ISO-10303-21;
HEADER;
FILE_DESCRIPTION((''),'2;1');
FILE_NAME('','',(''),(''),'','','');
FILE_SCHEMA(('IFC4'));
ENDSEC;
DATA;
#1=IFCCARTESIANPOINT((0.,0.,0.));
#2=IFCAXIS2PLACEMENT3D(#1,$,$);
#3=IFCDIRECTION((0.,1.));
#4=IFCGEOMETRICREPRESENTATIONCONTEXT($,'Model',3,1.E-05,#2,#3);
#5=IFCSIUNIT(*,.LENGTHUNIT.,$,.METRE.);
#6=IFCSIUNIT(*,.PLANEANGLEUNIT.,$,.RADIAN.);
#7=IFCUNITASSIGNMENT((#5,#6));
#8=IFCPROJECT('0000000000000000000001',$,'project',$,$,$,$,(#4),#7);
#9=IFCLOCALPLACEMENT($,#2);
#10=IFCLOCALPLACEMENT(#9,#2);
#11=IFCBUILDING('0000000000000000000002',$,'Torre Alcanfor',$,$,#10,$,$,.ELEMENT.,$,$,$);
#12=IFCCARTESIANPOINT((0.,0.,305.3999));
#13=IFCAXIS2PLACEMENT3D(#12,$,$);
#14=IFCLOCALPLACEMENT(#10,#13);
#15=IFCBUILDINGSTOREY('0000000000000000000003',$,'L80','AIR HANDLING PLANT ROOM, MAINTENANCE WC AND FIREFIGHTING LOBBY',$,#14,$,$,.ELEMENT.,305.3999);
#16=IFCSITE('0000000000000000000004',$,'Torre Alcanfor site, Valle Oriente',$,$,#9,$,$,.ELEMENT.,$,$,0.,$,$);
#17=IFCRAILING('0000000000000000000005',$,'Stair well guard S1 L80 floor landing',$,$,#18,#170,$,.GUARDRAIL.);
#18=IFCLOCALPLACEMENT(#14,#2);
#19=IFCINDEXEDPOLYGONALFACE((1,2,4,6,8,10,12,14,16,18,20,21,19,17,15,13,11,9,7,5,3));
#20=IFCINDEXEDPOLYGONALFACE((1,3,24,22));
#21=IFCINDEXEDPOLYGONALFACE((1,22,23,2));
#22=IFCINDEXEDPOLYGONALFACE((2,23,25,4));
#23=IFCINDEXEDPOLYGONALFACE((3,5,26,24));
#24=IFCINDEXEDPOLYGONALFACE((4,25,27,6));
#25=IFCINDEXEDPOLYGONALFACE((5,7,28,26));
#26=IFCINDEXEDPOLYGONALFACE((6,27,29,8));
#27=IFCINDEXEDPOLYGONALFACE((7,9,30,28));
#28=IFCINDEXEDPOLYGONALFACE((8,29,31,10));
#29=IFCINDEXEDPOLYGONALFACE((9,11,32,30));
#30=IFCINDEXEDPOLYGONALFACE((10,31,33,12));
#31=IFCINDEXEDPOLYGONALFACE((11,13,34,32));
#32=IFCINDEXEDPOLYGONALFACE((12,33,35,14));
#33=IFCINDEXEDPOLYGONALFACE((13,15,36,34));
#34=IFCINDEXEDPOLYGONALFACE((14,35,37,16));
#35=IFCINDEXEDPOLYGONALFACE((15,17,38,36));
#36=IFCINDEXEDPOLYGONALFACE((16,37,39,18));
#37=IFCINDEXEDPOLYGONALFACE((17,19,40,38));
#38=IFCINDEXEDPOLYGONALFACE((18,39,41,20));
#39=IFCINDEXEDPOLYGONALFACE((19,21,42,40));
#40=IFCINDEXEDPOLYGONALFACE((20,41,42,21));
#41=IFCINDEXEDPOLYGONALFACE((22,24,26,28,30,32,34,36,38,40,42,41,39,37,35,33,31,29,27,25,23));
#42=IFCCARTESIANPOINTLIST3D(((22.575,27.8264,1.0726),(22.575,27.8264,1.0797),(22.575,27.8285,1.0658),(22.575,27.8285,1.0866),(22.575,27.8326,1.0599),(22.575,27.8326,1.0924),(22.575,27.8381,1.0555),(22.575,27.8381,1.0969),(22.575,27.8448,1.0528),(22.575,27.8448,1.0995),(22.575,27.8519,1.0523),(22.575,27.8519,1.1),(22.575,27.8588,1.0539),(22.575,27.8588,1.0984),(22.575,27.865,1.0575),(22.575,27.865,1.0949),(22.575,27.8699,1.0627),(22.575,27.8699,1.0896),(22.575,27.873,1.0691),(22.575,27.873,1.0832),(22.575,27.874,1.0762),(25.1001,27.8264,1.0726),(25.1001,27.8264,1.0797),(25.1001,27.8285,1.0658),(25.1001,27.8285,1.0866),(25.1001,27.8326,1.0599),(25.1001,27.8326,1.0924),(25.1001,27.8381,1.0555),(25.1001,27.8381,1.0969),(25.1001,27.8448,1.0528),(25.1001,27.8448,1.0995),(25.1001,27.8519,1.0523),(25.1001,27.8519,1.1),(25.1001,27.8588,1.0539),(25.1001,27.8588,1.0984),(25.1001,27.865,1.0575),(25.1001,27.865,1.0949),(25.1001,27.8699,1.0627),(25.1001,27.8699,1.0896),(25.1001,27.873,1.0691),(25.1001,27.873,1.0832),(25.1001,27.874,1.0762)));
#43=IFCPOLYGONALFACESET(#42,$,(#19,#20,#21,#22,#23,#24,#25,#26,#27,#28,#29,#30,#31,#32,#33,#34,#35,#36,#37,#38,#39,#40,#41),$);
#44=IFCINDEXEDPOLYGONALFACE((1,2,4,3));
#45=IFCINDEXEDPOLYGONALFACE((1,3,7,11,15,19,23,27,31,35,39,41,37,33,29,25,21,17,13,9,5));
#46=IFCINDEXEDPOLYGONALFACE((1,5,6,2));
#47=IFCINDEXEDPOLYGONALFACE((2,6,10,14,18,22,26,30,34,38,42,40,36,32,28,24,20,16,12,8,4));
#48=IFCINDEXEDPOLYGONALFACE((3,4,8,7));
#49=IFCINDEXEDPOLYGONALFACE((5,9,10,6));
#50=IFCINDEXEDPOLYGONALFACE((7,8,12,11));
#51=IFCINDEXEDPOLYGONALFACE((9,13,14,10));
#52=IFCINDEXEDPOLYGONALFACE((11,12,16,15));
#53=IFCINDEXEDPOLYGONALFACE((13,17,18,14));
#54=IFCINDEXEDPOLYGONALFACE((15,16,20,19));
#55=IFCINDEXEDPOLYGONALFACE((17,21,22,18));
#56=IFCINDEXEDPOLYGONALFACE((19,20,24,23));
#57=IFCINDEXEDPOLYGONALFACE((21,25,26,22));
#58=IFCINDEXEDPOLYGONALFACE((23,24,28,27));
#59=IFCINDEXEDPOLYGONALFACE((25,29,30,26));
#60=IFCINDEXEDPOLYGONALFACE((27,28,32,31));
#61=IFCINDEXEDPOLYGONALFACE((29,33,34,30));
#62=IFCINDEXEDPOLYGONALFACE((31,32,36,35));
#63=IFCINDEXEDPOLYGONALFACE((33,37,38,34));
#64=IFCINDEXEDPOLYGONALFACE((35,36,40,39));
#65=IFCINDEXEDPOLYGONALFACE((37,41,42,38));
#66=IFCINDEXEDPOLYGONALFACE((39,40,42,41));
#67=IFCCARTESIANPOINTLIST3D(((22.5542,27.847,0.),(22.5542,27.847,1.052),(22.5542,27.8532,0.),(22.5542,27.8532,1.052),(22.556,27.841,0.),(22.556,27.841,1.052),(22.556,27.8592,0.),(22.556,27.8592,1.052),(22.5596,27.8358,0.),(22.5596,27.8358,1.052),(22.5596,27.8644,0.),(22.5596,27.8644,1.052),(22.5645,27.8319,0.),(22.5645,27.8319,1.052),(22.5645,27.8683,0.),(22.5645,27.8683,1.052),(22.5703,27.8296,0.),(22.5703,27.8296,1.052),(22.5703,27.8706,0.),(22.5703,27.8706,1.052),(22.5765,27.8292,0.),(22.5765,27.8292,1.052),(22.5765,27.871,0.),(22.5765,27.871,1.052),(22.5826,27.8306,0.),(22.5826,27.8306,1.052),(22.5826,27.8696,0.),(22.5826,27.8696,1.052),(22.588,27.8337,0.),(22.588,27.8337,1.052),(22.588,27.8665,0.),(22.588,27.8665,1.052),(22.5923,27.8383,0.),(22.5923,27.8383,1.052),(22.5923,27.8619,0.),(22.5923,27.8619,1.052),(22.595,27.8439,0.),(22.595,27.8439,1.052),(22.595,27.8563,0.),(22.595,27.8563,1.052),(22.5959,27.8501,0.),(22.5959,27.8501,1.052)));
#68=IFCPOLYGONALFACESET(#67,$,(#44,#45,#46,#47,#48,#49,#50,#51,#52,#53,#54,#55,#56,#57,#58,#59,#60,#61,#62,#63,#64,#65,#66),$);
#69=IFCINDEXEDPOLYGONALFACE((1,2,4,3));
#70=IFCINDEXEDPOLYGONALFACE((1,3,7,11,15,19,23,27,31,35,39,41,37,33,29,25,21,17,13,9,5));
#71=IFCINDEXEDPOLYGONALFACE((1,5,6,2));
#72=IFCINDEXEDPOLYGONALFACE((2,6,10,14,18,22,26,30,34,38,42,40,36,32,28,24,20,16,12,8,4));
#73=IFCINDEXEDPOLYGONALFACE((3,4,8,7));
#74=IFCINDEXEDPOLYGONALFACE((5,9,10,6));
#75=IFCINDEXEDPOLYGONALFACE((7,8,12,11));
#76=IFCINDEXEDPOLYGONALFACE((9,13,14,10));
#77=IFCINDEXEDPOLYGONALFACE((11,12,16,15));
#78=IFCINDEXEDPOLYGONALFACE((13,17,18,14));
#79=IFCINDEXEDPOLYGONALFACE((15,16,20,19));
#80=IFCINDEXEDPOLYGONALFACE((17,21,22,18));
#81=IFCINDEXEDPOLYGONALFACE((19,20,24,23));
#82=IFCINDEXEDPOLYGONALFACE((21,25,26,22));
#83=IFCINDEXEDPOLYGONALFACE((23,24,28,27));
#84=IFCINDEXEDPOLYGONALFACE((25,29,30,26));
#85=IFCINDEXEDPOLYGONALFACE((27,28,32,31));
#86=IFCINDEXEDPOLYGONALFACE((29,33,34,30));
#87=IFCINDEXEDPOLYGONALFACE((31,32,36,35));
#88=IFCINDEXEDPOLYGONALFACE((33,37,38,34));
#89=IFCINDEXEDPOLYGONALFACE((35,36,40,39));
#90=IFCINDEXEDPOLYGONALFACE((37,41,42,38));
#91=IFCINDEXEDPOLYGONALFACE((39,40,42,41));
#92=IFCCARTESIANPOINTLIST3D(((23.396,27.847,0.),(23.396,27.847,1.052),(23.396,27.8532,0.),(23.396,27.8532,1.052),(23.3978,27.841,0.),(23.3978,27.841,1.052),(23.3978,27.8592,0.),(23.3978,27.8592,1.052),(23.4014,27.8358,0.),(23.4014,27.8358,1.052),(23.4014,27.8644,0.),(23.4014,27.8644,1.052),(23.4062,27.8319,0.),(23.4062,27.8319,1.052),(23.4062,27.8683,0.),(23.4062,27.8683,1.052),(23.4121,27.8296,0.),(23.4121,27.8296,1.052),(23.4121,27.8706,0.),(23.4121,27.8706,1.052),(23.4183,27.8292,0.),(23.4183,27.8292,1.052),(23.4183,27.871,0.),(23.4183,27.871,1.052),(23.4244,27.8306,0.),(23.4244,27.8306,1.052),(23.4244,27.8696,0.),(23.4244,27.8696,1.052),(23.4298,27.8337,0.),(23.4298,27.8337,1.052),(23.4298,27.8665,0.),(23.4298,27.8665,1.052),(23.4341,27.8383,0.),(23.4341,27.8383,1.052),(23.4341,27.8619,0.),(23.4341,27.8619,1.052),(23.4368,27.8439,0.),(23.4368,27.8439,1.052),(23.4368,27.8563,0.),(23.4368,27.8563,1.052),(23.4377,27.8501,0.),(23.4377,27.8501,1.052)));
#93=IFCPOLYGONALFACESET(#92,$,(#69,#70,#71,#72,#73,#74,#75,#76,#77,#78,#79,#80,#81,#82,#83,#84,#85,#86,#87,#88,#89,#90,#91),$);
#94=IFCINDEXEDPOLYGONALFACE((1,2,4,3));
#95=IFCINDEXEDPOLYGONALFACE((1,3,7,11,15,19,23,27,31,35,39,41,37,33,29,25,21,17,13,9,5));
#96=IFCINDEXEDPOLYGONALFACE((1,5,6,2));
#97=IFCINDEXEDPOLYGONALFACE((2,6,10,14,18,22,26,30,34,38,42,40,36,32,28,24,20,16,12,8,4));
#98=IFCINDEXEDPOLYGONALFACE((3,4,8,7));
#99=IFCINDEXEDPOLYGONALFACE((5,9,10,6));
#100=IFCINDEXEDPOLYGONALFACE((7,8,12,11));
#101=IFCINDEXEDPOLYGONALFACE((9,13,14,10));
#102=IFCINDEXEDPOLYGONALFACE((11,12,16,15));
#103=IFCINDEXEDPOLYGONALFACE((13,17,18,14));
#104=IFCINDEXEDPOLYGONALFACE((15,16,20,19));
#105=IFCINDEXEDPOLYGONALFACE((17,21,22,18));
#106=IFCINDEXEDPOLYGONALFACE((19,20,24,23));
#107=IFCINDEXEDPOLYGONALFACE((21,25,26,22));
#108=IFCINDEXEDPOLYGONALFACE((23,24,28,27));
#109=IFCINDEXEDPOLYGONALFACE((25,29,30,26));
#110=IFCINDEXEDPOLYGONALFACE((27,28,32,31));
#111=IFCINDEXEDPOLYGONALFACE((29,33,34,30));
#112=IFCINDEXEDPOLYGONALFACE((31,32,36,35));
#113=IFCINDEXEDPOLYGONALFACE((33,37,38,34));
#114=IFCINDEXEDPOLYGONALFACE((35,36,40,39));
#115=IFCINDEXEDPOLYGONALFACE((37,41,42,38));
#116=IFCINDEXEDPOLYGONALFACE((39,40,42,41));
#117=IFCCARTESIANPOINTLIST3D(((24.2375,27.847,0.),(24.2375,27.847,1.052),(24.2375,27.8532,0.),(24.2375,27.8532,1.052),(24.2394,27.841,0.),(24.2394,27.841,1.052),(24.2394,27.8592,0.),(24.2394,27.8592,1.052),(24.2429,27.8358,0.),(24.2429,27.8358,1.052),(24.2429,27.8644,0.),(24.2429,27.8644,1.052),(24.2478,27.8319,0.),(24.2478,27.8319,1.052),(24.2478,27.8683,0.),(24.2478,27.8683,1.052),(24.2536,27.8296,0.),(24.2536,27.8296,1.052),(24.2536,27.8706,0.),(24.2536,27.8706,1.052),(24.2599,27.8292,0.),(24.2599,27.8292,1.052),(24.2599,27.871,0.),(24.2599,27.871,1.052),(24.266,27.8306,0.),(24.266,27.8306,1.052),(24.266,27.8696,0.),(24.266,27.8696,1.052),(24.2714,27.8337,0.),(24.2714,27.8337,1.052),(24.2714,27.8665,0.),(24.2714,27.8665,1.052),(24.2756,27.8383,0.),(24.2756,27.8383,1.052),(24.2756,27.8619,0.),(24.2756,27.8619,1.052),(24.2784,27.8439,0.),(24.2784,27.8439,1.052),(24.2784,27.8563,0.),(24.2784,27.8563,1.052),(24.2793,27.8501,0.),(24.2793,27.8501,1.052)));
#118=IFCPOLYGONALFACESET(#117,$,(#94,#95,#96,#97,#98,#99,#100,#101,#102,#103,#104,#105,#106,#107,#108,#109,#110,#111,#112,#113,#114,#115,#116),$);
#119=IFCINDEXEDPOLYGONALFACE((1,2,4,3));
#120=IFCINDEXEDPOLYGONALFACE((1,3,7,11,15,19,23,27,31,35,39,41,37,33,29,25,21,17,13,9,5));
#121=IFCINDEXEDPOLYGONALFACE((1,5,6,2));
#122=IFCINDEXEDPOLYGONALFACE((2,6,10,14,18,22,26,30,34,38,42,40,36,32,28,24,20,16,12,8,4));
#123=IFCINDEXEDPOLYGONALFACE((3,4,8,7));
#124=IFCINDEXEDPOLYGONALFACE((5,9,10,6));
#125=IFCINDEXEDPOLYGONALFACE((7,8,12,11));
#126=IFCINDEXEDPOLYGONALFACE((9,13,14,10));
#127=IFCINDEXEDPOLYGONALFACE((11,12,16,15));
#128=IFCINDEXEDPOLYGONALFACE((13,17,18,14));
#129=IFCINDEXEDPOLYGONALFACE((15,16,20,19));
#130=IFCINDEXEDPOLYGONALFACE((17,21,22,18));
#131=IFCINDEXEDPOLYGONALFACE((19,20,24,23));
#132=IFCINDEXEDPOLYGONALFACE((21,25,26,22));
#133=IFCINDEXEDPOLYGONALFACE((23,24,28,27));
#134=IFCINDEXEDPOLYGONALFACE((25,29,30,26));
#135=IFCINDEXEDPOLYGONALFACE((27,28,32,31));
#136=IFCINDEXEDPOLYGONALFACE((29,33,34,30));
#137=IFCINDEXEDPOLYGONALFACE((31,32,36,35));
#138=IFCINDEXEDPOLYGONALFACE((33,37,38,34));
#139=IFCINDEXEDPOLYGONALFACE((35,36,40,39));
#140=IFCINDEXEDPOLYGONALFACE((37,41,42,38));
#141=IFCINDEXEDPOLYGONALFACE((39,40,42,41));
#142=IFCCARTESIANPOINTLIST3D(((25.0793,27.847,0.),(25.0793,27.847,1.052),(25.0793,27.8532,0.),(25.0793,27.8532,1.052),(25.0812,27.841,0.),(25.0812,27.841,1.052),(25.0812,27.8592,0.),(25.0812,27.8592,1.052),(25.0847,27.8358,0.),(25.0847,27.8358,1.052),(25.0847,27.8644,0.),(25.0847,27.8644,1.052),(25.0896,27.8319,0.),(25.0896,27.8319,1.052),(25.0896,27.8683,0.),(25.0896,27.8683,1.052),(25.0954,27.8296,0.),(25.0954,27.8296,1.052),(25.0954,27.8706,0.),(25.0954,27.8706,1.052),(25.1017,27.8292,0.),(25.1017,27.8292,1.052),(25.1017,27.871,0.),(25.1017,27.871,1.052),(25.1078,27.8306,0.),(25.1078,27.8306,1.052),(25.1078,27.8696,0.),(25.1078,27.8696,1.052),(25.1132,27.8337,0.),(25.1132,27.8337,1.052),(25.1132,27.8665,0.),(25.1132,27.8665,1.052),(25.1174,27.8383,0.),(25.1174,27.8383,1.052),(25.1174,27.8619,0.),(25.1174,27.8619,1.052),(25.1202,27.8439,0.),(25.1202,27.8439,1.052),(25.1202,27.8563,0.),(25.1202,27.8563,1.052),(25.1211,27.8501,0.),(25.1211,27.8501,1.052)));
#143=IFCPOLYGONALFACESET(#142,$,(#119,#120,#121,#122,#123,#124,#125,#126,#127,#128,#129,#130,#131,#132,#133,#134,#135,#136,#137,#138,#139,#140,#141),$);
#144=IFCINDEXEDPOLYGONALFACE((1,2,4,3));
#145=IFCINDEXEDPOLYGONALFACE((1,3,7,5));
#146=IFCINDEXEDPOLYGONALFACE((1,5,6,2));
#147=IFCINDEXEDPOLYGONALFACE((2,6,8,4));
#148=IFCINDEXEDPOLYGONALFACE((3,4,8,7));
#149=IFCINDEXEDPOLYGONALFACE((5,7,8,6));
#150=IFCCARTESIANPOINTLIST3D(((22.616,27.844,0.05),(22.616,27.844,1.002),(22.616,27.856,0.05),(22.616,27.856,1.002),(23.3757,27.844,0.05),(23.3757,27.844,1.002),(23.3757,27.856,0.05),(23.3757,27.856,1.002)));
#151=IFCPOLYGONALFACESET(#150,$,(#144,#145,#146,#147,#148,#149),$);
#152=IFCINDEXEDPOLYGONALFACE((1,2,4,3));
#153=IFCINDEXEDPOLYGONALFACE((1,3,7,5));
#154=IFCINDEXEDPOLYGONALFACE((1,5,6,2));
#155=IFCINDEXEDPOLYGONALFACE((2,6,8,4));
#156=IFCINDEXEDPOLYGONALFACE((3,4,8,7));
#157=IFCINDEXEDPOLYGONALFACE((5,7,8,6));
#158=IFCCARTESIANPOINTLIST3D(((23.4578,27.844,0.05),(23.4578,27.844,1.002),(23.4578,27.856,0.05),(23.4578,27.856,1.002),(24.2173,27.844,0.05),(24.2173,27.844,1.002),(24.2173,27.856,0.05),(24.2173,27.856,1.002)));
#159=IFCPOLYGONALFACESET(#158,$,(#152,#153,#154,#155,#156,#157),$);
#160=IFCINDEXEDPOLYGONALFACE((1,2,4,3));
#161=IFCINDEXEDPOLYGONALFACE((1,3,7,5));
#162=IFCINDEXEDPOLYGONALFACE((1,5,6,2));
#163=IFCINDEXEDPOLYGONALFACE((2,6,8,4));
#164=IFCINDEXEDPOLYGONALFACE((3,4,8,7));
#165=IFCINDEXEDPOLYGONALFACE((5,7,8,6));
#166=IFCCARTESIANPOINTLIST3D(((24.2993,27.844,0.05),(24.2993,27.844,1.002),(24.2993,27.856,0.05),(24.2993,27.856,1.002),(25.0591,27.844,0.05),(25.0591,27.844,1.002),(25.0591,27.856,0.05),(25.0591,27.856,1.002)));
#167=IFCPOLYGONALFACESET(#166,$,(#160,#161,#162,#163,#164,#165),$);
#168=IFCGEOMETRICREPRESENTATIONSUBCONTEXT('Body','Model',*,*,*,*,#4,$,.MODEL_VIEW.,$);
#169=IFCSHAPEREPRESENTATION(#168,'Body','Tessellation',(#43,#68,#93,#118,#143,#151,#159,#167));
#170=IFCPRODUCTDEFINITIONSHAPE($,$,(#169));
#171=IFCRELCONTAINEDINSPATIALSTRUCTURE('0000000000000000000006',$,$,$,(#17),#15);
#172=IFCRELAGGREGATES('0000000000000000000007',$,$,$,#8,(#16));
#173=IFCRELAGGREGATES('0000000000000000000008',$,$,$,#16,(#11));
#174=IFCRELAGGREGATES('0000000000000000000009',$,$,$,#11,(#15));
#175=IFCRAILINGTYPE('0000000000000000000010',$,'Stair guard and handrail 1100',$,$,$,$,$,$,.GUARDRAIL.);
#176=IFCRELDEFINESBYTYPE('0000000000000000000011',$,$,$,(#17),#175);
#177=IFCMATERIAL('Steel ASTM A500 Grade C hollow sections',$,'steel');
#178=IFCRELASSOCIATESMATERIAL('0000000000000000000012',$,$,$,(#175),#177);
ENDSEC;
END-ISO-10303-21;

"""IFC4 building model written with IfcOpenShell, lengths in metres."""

from ifc_helpers import new_model, si_unit, direction, frame, origin, origin_2d, place, context, subcontext, project, spatial, polyline, circle, outline, extrude, material, type_object, element, save


model = new_model("IFC4")

# Units and contexts
model_context = context("Model", 3, precision=1e-05, world=origin(), true_north=direction((0.0, 1.0)))
body_context = subcontext(model_context, "Body", "Model", "MODEL_VIEW")
ifc_project = project(units=[si_unit("LENGTHUNIT", "METRE"), si_unit("PLANEANGLEUNIT", "RADIAN")], contexts=[model_context])

# Site, building, storey
site_placement = place(None, origin())
site = spatial("IfcSite", under=ifc_project, at=site_placement, Name="Torre Alcanfor site, Valle Oriente", CompositionType="ELEMENT", RefElevation=0.0)
building_placement = place(site_placement, origin())
building = spatial("IfcBuilding", under=site, at=building_placement, Name="Torre Alcanfor", CompositionType="ELEMENT")
storey_placement = place(building_placement, frame((0.0, 0.0, 305.3999)))
storey = spatial("IfcBuildingStorey", under=building, at=storey_placement, Name="L80", Description="AIR HANDLING PLANT ROOM, MAINTENANCE WC AND FIREFIGHTING LOBBY", CompositionType="ELEMENT", Elevation=305.3999)

# Railing
ifc_material_1 = material(Name="Steel ASTM A500 Grade C hollow sections", Category="steel")
railing_type_1 = type_object("IfcRailingType", Name="Stair guard and handrail 1100", PredefinedType="GUARDRAIL", material=ifc_material_1)
for number, where, name in (
    (1, (22.575, 27.8501, 0.0), "Stair well guard S1 L80 floor landing"),
):
    element("IfcRailing", number, at=place(storey_placement, frame(where)), inside=storey, type_object=railing_type_1, Name=name, PredefinedType="GUARDRAIL", context=body_context, shape_type="SweptSolid", body=[
        extrude(circle(Radius=0.0239, at=origin_2d()), frame((0.0, 0.0, 1.0762), z_axis=(1.0, 0.0, 0.0), x_axis=(0.0, 1.0, 0.0)), (0.0, 0.0, 1.0), 2.5251),
        extrude(circle(Radius=0.021, at=origin_2d()), origin(), (0.0, 0.0, 1.0), 1.052),
        extrude(circle(Radius=0.021, at=origin_2d()), frame((0.8418, 0.0, 0.0)), (0.0, 0.0, 1.0), 1.052),
        extrude(circle(Radius=0.021, at=origin_2d()), frame((1.6833, 0.0, 0.0)), (0.0, 0.0, 1.0), 1.052),
        extrude(circle(Radius=0.021, at=origin_2d()), frame((2.5251, 0.0, 0.0)), (0.0, 0.0, 1.0), 1.052),
        extrude(outline(polyline([(0.041, 0.05), (0.8008, 0.05), (0.8008, 1.002), (0.041, 1.002), (0.041, 0.05)])), frame((0.0, 0.0059, 0.0), z_axis=(0.0, -1.0, 0.0), x_axis=(1.0, 0.0, 0.0)), (0.0, 0.0, 1.0), 0.012),
        extrude(outline(polyline([(0.8828, 0.05), (1.6423, 0.05), (1.6423, 1.002), (0.8828, 1.002), (0.8828, 0.05)])), frame((0.0, 0.0059, 0.0), z_axis=(0.0, -1.0, 0.0), x_axis=(1.0, 0.0, 0.0)), (0.0, 0.0, 1.0), 0.012),
        extrude(outline(polyline([(1.7244, 0.05), (2.4841, 0.05), (2.4841, 1.002), (1.7244, 1.002), (1.7244, 0.05)])), frame((0.0, 0.0059, 0.0), z_axis=(0.0, -1.0, 0.0), x_axis=(1.0, 0.0, 0.0)), (0.0, 0.0, 1.0), 0.012),
    ])

save(model, "model.ifc")
